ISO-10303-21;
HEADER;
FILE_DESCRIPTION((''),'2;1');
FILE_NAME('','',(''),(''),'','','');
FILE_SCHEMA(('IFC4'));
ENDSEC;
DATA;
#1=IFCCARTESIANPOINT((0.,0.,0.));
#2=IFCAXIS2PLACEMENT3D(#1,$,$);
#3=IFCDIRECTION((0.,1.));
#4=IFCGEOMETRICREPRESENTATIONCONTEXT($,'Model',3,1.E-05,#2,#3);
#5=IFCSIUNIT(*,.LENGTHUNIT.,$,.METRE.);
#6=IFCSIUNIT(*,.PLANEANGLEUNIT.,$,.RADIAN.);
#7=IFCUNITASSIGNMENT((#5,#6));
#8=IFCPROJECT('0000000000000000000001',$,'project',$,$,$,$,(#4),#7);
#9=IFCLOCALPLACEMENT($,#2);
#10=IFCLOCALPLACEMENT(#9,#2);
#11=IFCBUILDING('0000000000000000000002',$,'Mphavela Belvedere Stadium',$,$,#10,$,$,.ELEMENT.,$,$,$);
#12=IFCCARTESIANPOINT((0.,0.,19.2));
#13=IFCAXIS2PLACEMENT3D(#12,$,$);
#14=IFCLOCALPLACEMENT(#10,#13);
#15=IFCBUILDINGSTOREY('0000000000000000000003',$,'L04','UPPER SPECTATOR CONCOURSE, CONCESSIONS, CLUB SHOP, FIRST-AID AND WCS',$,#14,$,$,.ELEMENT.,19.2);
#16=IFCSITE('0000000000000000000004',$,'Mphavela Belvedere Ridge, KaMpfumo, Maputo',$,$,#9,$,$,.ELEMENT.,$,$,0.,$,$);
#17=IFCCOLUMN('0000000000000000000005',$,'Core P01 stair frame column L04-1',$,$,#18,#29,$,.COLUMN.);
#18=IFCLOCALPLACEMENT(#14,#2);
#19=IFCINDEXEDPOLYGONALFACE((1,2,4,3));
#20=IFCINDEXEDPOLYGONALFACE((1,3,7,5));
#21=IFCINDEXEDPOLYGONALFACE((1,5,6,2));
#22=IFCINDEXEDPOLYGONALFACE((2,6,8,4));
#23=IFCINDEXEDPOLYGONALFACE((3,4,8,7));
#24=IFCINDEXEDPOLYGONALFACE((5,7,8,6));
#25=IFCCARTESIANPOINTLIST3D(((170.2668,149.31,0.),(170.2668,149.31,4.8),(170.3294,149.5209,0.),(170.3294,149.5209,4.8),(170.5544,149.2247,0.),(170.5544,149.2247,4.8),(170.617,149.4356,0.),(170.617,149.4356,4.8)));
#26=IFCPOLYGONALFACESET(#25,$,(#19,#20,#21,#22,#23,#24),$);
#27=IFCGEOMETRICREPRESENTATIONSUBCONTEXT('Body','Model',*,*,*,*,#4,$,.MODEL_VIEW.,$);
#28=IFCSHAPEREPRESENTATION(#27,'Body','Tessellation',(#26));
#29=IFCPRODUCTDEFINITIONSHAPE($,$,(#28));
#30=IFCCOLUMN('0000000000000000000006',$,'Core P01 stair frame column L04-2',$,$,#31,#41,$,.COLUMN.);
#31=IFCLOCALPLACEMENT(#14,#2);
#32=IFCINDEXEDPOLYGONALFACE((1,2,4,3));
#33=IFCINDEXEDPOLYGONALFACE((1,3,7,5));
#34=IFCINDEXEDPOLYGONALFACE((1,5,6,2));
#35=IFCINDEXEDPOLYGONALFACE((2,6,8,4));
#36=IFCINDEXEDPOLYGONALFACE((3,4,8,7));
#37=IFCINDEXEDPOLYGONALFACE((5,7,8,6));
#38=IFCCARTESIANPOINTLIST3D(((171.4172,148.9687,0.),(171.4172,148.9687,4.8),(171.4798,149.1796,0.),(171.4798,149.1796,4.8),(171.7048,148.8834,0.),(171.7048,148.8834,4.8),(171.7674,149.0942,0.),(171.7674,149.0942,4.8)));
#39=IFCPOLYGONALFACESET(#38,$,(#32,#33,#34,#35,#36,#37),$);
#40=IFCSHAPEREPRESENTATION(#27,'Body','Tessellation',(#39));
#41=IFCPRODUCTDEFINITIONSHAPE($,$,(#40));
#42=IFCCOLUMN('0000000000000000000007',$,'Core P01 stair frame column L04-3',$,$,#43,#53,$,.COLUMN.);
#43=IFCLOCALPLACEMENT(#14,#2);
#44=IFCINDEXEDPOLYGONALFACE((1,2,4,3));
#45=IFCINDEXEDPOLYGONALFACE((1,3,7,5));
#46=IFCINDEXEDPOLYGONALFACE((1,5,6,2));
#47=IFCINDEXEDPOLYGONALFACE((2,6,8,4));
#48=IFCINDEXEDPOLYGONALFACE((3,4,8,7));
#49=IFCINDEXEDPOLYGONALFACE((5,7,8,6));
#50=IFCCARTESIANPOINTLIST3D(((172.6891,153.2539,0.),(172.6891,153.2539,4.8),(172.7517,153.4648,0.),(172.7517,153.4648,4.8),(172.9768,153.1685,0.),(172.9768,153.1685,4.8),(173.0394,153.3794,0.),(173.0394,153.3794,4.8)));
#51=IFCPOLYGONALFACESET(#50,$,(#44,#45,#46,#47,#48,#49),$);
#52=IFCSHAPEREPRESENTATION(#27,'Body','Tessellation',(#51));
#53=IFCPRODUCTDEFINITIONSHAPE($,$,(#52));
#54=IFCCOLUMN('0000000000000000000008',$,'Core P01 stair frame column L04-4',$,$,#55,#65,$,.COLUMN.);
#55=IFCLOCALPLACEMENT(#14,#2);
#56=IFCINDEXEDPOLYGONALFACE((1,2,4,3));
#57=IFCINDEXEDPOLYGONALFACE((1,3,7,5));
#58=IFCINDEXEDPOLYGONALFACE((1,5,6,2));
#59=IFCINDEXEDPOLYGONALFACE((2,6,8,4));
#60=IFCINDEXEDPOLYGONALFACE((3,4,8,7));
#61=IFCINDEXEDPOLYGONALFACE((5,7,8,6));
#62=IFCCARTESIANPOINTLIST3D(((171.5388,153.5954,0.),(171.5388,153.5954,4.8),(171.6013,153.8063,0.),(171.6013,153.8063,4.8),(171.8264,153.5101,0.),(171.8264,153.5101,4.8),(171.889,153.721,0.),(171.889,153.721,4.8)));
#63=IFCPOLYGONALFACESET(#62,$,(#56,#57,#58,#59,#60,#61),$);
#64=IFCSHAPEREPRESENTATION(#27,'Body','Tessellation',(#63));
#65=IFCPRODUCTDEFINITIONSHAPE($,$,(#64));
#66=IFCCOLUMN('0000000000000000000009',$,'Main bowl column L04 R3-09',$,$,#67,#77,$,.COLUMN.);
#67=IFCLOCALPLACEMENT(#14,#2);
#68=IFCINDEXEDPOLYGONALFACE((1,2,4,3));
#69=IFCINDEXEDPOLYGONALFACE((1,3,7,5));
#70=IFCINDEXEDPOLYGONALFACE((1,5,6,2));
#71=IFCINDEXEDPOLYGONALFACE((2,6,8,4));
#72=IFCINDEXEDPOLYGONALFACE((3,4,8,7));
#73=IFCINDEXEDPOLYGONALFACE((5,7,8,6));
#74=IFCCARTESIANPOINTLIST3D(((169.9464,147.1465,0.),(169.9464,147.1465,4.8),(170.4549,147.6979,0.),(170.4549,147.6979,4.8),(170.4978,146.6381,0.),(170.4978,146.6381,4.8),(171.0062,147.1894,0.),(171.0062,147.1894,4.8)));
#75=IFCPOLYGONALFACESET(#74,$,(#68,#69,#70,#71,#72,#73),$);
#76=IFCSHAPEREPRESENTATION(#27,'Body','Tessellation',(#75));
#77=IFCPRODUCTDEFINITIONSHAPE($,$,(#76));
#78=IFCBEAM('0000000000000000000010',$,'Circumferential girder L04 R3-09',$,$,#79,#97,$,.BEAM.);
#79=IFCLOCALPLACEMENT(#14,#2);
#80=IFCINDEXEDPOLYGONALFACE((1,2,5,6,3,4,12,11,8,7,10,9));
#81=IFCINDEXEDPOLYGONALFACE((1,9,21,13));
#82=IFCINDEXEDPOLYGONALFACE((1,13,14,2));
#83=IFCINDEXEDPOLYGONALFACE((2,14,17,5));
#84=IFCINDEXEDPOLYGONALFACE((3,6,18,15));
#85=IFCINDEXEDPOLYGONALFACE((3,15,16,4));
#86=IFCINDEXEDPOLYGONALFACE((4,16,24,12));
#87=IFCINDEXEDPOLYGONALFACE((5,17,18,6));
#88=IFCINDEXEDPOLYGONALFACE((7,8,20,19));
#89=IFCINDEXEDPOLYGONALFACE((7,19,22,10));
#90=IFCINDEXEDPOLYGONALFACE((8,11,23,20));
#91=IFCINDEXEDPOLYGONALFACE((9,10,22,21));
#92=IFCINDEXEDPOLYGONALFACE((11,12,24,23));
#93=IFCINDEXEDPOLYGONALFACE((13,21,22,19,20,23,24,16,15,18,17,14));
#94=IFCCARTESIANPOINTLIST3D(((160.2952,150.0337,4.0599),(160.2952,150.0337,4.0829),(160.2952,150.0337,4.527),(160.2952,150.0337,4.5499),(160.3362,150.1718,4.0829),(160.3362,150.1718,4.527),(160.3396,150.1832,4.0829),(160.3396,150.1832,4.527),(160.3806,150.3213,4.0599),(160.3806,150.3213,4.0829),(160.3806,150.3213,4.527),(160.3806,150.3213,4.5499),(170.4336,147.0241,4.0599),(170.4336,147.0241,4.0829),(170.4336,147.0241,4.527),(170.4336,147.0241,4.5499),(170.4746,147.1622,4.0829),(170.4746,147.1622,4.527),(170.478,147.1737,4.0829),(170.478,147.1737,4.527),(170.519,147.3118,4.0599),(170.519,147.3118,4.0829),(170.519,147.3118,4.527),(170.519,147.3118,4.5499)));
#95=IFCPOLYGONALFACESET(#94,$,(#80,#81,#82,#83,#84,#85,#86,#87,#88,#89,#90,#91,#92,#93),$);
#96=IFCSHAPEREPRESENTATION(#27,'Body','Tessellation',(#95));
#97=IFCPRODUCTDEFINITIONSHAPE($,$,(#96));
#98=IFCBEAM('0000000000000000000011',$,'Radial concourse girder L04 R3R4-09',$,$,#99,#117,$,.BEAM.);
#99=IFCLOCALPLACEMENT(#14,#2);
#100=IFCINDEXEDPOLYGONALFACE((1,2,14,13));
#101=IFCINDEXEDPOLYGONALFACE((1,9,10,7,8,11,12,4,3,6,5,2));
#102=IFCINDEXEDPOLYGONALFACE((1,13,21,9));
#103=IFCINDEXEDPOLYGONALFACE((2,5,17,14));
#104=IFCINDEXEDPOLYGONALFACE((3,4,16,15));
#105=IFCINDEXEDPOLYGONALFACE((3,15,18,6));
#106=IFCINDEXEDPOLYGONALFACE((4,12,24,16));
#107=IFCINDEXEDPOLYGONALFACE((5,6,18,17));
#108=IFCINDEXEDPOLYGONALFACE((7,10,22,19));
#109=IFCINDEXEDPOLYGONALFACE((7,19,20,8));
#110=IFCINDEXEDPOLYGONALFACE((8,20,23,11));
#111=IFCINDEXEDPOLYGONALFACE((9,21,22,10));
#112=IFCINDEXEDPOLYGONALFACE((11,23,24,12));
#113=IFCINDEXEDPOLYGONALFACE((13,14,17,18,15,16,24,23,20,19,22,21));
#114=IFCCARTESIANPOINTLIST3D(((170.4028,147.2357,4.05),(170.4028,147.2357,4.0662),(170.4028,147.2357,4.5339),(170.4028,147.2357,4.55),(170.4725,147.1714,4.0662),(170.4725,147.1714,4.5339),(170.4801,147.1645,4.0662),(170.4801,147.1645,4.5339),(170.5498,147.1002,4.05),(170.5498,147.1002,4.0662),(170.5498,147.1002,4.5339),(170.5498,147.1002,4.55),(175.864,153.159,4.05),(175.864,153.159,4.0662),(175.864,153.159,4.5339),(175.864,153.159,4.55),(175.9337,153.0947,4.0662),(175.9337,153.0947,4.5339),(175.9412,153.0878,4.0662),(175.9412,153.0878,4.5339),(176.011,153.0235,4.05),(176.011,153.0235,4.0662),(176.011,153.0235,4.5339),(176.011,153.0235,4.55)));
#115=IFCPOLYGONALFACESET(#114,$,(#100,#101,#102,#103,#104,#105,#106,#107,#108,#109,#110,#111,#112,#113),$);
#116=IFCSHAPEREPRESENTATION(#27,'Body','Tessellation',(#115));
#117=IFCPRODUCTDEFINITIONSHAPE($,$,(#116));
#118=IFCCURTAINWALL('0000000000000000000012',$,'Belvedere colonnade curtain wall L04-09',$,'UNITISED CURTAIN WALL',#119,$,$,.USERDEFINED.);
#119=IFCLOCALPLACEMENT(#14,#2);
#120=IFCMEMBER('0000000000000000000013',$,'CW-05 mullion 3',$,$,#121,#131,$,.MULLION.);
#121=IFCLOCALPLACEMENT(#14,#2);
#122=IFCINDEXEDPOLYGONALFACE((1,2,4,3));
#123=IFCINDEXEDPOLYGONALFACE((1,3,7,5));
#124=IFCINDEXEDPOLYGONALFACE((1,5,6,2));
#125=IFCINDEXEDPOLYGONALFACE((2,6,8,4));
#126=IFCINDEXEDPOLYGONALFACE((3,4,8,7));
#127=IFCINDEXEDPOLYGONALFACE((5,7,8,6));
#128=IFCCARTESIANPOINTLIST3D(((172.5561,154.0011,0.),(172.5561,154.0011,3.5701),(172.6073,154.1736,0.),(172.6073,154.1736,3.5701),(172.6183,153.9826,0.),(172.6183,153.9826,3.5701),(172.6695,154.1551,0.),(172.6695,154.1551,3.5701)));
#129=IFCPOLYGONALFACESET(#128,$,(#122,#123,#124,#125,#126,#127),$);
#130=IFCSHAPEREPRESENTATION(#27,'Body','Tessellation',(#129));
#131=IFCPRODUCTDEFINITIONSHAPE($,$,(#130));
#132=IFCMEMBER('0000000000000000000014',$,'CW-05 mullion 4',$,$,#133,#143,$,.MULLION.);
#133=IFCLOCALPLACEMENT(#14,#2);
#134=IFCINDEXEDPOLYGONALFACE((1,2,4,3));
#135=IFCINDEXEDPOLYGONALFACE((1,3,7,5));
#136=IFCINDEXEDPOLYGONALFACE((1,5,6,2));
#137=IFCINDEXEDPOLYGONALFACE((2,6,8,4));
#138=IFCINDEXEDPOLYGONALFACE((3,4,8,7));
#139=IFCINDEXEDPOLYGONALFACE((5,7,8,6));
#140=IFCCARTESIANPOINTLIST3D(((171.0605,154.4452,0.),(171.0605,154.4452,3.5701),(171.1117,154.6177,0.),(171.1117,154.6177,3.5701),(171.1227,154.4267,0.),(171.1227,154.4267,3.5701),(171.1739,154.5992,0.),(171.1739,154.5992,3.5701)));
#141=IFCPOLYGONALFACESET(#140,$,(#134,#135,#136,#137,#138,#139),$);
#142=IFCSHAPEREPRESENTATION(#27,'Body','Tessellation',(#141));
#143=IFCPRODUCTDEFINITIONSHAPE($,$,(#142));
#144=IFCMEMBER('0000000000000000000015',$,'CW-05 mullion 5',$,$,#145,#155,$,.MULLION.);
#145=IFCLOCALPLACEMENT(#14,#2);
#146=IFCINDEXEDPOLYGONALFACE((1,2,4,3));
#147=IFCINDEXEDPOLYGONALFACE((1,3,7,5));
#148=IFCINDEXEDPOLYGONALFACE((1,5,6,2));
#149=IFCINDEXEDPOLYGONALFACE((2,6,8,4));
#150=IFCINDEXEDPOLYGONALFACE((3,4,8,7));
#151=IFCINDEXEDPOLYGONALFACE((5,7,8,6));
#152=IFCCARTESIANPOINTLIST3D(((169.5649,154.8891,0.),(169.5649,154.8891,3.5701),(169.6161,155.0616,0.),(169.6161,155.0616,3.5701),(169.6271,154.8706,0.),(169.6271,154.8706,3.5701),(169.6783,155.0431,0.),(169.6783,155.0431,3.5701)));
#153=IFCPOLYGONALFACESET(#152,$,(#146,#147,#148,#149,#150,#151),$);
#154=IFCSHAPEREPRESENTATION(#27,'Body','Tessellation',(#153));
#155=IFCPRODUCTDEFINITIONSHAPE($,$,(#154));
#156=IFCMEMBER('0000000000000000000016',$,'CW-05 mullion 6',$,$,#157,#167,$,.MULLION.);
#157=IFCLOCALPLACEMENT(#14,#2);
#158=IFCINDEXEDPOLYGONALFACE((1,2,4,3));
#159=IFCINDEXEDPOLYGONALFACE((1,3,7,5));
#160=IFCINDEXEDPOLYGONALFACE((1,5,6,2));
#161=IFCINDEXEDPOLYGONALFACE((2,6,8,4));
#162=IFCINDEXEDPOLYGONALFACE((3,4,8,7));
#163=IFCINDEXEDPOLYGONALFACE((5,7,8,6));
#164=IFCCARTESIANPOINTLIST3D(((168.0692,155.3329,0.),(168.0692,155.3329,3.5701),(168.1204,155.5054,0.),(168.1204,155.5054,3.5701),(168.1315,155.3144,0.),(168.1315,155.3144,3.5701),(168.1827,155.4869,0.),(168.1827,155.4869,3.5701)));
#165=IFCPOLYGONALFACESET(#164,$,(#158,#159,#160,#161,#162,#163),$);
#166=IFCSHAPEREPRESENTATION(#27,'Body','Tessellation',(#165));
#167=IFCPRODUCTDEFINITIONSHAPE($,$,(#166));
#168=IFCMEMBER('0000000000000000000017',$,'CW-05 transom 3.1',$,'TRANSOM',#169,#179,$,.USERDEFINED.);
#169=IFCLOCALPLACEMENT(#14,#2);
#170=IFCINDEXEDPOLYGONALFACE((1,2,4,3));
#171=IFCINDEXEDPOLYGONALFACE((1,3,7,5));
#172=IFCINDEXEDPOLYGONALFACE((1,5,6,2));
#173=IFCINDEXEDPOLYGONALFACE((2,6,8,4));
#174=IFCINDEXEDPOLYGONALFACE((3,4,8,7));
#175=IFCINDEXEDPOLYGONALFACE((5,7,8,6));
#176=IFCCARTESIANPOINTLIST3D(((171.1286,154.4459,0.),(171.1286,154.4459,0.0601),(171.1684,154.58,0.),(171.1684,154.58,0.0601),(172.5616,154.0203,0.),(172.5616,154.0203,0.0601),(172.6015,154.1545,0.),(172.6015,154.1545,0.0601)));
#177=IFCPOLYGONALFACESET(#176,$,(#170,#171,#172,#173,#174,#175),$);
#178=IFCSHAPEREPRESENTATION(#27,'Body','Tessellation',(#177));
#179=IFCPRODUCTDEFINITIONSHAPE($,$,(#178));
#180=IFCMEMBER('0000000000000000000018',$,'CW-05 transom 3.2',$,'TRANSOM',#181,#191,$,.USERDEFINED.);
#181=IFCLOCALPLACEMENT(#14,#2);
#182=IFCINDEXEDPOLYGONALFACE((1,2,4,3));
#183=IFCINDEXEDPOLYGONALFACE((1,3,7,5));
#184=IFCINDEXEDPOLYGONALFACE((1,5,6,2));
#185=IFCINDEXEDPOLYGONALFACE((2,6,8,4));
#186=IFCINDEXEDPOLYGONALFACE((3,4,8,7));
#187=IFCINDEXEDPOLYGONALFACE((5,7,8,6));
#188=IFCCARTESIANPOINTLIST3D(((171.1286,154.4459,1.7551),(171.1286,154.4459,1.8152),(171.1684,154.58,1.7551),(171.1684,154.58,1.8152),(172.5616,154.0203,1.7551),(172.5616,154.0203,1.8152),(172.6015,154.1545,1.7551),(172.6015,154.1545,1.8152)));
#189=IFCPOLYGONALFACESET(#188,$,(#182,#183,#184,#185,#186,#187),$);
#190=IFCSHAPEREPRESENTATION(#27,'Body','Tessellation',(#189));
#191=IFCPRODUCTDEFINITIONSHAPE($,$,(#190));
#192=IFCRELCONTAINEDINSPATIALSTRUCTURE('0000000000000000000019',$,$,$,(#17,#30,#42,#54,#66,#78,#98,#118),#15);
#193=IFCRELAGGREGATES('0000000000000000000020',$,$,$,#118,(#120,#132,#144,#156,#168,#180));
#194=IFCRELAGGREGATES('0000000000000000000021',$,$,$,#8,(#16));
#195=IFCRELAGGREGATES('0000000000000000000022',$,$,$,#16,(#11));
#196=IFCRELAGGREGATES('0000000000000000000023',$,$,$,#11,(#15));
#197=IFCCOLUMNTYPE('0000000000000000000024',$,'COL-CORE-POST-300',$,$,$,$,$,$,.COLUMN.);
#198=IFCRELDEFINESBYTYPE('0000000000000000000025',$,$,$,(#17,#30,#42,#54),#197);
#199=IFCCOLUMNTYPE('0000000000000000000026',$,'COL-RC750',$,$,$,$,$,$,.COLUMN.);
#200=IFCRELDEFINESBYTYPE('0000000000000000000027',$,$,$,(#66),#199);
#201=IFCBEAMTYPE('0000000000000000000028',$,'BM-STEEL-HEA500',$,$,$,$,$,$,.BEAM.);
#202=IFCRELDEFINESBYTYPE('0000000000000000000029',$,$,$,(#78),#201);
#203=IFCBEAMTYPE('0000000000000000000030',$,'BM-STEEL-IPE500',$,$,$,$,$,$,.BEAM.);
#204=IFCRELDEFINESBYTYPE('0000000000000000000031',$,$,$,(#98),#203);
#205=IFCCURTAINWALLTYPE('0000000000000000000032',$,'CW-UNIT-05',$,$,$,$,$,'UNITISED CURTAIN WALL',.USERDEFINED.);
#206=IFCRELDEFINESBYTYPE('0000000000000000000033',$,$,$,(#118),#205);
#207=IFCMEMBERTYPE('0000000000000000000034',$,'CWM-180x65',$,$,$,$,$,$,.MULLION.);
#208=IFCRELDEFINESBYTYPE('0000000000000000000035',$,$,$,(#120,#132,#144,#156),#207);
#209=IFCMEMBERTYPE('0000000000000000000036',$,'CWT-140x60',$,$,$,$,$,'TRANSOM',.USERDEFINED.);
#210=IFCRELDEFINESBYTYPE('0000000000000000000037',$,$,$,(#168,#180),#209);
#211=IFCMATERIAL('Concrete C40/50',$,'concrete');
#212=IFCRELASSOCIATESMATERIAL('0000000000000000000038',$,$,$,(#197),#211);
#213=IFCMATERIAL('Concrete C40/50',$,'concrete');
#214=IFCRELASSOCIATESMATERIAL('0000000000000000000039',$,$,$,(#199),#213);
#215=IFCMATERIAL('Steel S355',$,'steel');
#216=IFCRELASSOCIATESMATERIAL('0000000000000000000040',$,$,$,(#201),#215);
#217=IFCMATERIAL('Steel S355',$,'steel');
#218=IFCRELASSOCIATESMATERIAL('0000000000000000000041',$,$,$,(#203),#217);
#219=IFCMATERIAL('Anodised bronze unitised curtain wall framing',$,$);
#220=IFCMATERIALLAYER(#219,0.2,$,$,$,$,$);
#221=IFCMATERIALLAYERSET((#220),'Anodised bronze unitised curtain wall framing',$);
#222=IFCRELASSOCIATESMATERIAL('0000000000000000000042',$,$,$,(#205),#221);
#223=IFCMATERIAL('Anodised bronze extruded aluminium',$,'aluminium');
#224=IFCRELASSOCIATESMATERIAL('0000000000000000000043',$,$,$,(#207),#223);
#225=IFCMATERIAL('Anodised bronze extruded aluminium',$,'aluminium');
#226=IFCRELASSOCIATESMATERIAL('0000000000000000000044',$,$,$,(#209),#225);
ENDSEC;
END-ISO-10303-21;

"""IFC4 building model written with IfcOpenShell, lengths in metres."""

from ifc_helpers import new_model, si_unit, direction, frame, origin, origin_2d, place, context, subcontext, project, spatial, rectangle, i_section, extrude, material, layer, layer_set, material_profile, profile_set, type_object, element, aggregate, save


model = new_model("IFC4")

# Units and contexts
model_context = context("Model", 3, precision=1e-05, world=origin(), true_north=direction((0.0, 1.0)))
body_context = subcontext(model_context, "Body", "Model", "MODEL_VIEW")
ifc_project = project(units=[si_unit("LENGTHUNIT", "METRE"), si_unit("PLANEANGLEUNIT", "RADIAN")], contexts=[model_context])

# Site, building, storey
site_placement = place(None, origin())
site = spatial("IfcSite", under=ifc_project, at=site_placement, Name="Mphavela Belvedere Ridge, KaMpfumo, Maputo", CompositionType="ELEMENT", RefElevation=0.0)
building_placement = place(site_placement, origin())
building = spatial("IfcBuilding", under=site, at=building_placement, Name="Mphavela Belvedere Stadium", CompositionType="ELEMENT")
storey_placement = place(building_placement, frame((0.0, 0.0, 19.2)))
storey = spatial("IfcBuildingStorey", under=building, at=storey_placement, Name="L04", Description="UPPER SPECTATOR CONCOURSE, CONCESSIONS, CLUB SHOP, FIRST-AID AND WCS", CompositionType="ELEMENT", Elevation=19.2)

# Columns
ifc_material_1 = material(Name="Concrete C40/50", Category="concrete")
ifc_material_profile_1 = material_profile(ifc_material_1, rectangle(XDim=0.3, YDim=0.22, at=origin_2d()), Name="RC 300x220")
ifc_profile_set_1 = profile_set([ifc_material_profile_1], Name="Concrete C40/50")
column_type_1 = type_object("IfcColumnType", Name="COL-CORE-POST-300", PredefinedType="COLUMN", material=ifc_profile_set_1)
for number, where, z_axis, x_axis, name in (
    (1, (170.4419, 149.3728, 0.0), (0.0, 0.0, 1.0), (0.958671, -0.284517, 0.0), "Core P01 stair frame column L04-1"),
    (2, (171.5923, 149.0315, 0.0), (0.0, 0.0, 1.0), (0.958671, -0.284517, 0.0), "Core P01 stair frame column L04-2"),
    (3, (172.8643, 153.3167, 0.0), (0.0, 0.0, 1.0), (0.958671, -0.284517, 0.0), "Core P01 stair frame column L04-3"),
    (4, (171.7139, 153.6582, 0.0), (0.0, 0.0, 1.0), (0.958671, -0.284517, 0.0), "Core P01 stair frame column L04-4"),
):
    element("IfcColumn", number, at=place(storey_placement, frame(where, z_axis=z_axis, x_axis=x_axis)), inside=storey, type_object=column_type_1, Name=name, PredefinedType="COLUMN", context=body_context, shape_type="SweptSolid", body=[
        extrude(rectangle(XDim=0.3, YDim=0.22, at=origin_2d()), origin(), (0.0, 0.0, 1.0), 4.8),
    ])
ifc_material_2 = material(Name="Concrete C40/50", Category="concrete")
ifc_material_profile_2 = material_profile(ifc_material_2, rectangle(XDim=0.75, YDim=0.75, at=origin_2d()), Name="RC 750x750")
ifc_profile_set_2 = profile_set([ifc_material_profile_2], Name="Concrete C40/50")
column_type_2 = type_object("IfcColumnType", Name="COL-RC750", PredefinedType="COLUMN", material=ifc_profile_set_2)
column_placement = place(storey_placement, frame((170.4763, 147.168, 0.0), z_axis=(0.0, 0.0, 1.0), x_axis=(0.677903, 0.735151, 0.0)))
element("IfcColumn", 5, at=column_placement, inside=storey, type_object=column_type_2, Name="Main bowl column L04 R3-09", PredefinedType="COLUMN", context=body_context, shape_type="SweptSolid", body=[
    extrude(rectangle(XDim=0.75, YDim=0.75, at=origin_2d()), origin(), (0.0, 0.0, 1.0), 4.8),
])

# Beams
ifc_material_3 = material(Name="Steel S355", Category="steel")
ifc_material_profile_3 = material_profile(ifc_material_3, i_section(OverallWidth=0.3, OverallDepth=0.49, WebThickness=0.012, FlangeThickness=0.0229, at=origin_2d()), Name="HEA 500")
ifc_profile_set_3 = profile_set([ifc_material_profile_3], Name="Steel S355")
beam_type_1 = type_object("IfcBeamType", Name="BM-STEEL-HEA500", PredefinedType="BEAM", material=ifc_profile_set_3)
beam_1_placement = place(storey_placement, frame((170.4763, 147.168, 4.3049), z_axis=(-0.958655, 0.28457, 0.0), x_axis=(-0.28457, -0.958655, 0.0)))
element("IfcBeam", 6, at=beam_1_placement, inside=storey, type_object=beam_type_1, Name="Circumferential girder L04 R3-09", PredefinedType="BEAM", context=body_context, shape_type="SweptSolid", body=[
    extrude(i_section(OverallWidth=0.3, OverallDepth=0.49, WebThickness=0.012, FlangeThickness=0.0229, at=origin_2d()), origin(), (0.0, 0.0, 1.0), 10.5757),
])
ifc_material_4 = material(Name="Steel S355", Category="steel")
ifc_material_profile_4 = material_profile(ifc_material_4, i_section(OverallWidth=0.2, OverallDepth=0.5, WebThickness=0.0103, FlangeThickness=0.0161, at=origin_2d()), Name="IPE 500")
ifc_profile_set_4 = profile_set([ifc_material_profile_4], Name="Steel S355")
beam_type_2 = type_object("IfcBeamType", Name="BM-STEEL-IPE500", PredefinedType="BEAM", material=ifc_profile_set_4)
beam_2_placement = place(storey_placement, frame((170.4763, 147.168, 4.3), z_axis=(0.677843, 0.735206, 0.0), x_axis=(-0.735206, 0.677843, 0.0)))
element("IfcBeam", 7, at=beam_2_placement, inside=storey, type_object=beam_type_2, Name="Radial concourse girder L04 R3R4-09", PredefinedType="BEAM", context=body_context, shape_type="SweptSolid", body=[
    extrude(i_section(OverallWidth=0.2, OverallDepth=0.5, WebThickness=0.0103, FlangeThickness=0.0161, at=origin_2d()), origin(), (0.0, 0.0, 1.0), 8.0566),
])

# Curtain wall, members
ifc_material_5 = material(Name="Anodised bronze unitised curtain wall framing")
ifc_layer_1 = layer(ifc_material_5, 0.2)
ifc_layer_set_1 = layer_set([ifc_layer_1], Name="Anodised bronze unitised curtain wall framing")
curtain_wall_type = type_object("IfcCurtainWallType", Name="CW-UNIT-05", ElementType="UNITISED CURTAIN WALL", PredefinedType="USERDEFINED", material=ifc_layer_set_1)
curtain_wall_placement = place(storey_placement, origin())
curtain_wall = element("IfcCurtainWall", 8, at=curtain_wall_placement, inside=storey, type_object=curtain_wall_type, Name="Belvedere colonnade curtain wall L04-09", ObjectType="UNITISED CURTAIN WALL", PredefinedType="USERDEFINED")
ifc_material_6 = material(Name="Anodised bronze extruded aluminium", Category="aluminium")
ifc_material_profile_5 = material_profile(ifc_material_6, rectangle(XDim=0.1799, YDim=0.0649, at=origin_2d()), Name="CW-MUL 180x65")
ifc_profile_set_5 = profile_set([ifc_material_profile_5], Name="Anodised bronze extruded aluminium")
member_type_1 = type_object("IfcMemberType", Name="CWM-180x65", PredefinedType="MULLION", material=ifc_profile_set_5)
member_1_placement = place(storey_placement, frame((172.6128, 154.0781, 0.0), z_axis=(0.0, 0.0, 1.0), x_axis=(-0.284561, -0.958658, 0.0)))
member_1 = element("IfcMember", 9, at=member_1_placement, type_object=member_type_1, Name="CW-05 mullion 3", PredefinedType="MULLION", context=body_context, shape_type="SweptSolid", body=[
    extrude(rectangle(XDim=0.1799, YDim=0.0649, at=origin_2d()), origin(), (0.0, 0.0, 1.0), 3.5701),
])
member_2_placement = place(storey_placement, frame((171.1172, 154.5222, 0.0), z_axis=(0.0, 0.0, 1.0), x_axis=(-0.284561, -0.958658, 0.0)))
member_2 = element("IfcMember", 10, at=member_2_placement, type_object=member_type_1, Name="CW-05 mullion 4", PredefinedType="MULLION", context=body_context, shape_type="SweptSolid", body=[
    extrude(rectangle(XDim=0.1799, YDim=0.0649, at=origin_2d()), origin(), (0.0, 0.0, 1.0), 3.5701),
])
member_3_placement = place(storey_placement, frame((169.6216, 154.9661, 0.0), z_axis=(0.0, 0.0, 1.0), x_axis=(-0.284561, -0.958658, 0.0)))
member_3 = element("IfcMember", 11, at=member_3_placement, type_object=member_type_1, Name="CW-05 mullion 5", PredefinedType="MULLION", context=body_context, shape_type="SweptSolid", body=[
    extrude(rectangle(XDim=0.1799, YDim=0.0649, at=origin_2d()), origin(), (0.0, 0.0, 1.0), 3.5701),
])
member_4_placement = place(storey_placement, frame((168.126, 155.4099, 0.0), z_axis=(0.0, 0.0, 1.0), x_axis=(-0.284561, -0.958658, 0.0)))
member_4 = element("IfcMember", 12, at=member_4_placement, type_object=member_type_1, Name="CW-05 mullion 6", PredefinedType="MULLION", context=body_context, shape_type="SweptSolid", body=[
    extrude(rectangle(XDim=0.1799, YDim=0.0649, at=origin_2d()), origin(), (0.0, 0.0, 1.0), 3.5701),
])
ifc_material_7 = material(Name="Anodised bronze extruded aluminium", Category="aluminium")
ifc_material_profile_6 = material_profile(ifc_material_7, rectangle(XDim=0.1399, YDim=0.0601, at=origin_2d()), Name="CW-TRN 140x60")
ifc_profile_set_6 = profile_set([ifc_material_profile_6], Name="Anodised bronze extruded aluminium")
member_type_2 = type_object("IfcMemberType", Name="CWT-140x60", ElementType="TRANSOM", PredefinedType="USERDEFINED", material=ifc_profile_set_6)
member_5_placement = place(storey_placement, frame((172.5815, 154.0874, 0.03), z_axis=(-0.958632, 0.28465, 0.0), x_axis=(-0.28465, -0.958632, 0.0)))
member_5 = element("IfcMember", 13, at=member_5_placement, type_object=member_type_2, Name="CW-05 transom 3.1", ObjectType="TRANSOM", PredefinedType="USERDEFINED", context=body_context, shape_type="SweptSolid", body=[
    extrude(rectangle(XDim=0.1399, YDim=0.0601, at=origin_2d()), origin(), (0.0, 0.0, 1.0), 1.4949),
])
member_6_placement = place(storey_placement, frame((172.5815, 154.0874, 1.7852), z_axis=(-0.958632, 0.28465, 0.0), x_axis=(-0.28465, -0.958632, 0.0)))
member_6 = element("IfcMember", 14, at=member_6_placement, type_object=member_type_2, Name="CW-05 transom 3.2", ObjectType="TRANSOM", PredefinedType="USERDEFINED", context=body_context, shape_type="SweptSolid", body=[
    extrude(rectangle(XDim=0.1399, YDim=0.0601, at=origin_2d()), origin(), (0.0, 0.0, 1.0), 1.4949),
])
aggregate(curtain_wall, [member_1, member_2, member_3, member_4, member_5, member_6])

save(model, "model.ifc")
